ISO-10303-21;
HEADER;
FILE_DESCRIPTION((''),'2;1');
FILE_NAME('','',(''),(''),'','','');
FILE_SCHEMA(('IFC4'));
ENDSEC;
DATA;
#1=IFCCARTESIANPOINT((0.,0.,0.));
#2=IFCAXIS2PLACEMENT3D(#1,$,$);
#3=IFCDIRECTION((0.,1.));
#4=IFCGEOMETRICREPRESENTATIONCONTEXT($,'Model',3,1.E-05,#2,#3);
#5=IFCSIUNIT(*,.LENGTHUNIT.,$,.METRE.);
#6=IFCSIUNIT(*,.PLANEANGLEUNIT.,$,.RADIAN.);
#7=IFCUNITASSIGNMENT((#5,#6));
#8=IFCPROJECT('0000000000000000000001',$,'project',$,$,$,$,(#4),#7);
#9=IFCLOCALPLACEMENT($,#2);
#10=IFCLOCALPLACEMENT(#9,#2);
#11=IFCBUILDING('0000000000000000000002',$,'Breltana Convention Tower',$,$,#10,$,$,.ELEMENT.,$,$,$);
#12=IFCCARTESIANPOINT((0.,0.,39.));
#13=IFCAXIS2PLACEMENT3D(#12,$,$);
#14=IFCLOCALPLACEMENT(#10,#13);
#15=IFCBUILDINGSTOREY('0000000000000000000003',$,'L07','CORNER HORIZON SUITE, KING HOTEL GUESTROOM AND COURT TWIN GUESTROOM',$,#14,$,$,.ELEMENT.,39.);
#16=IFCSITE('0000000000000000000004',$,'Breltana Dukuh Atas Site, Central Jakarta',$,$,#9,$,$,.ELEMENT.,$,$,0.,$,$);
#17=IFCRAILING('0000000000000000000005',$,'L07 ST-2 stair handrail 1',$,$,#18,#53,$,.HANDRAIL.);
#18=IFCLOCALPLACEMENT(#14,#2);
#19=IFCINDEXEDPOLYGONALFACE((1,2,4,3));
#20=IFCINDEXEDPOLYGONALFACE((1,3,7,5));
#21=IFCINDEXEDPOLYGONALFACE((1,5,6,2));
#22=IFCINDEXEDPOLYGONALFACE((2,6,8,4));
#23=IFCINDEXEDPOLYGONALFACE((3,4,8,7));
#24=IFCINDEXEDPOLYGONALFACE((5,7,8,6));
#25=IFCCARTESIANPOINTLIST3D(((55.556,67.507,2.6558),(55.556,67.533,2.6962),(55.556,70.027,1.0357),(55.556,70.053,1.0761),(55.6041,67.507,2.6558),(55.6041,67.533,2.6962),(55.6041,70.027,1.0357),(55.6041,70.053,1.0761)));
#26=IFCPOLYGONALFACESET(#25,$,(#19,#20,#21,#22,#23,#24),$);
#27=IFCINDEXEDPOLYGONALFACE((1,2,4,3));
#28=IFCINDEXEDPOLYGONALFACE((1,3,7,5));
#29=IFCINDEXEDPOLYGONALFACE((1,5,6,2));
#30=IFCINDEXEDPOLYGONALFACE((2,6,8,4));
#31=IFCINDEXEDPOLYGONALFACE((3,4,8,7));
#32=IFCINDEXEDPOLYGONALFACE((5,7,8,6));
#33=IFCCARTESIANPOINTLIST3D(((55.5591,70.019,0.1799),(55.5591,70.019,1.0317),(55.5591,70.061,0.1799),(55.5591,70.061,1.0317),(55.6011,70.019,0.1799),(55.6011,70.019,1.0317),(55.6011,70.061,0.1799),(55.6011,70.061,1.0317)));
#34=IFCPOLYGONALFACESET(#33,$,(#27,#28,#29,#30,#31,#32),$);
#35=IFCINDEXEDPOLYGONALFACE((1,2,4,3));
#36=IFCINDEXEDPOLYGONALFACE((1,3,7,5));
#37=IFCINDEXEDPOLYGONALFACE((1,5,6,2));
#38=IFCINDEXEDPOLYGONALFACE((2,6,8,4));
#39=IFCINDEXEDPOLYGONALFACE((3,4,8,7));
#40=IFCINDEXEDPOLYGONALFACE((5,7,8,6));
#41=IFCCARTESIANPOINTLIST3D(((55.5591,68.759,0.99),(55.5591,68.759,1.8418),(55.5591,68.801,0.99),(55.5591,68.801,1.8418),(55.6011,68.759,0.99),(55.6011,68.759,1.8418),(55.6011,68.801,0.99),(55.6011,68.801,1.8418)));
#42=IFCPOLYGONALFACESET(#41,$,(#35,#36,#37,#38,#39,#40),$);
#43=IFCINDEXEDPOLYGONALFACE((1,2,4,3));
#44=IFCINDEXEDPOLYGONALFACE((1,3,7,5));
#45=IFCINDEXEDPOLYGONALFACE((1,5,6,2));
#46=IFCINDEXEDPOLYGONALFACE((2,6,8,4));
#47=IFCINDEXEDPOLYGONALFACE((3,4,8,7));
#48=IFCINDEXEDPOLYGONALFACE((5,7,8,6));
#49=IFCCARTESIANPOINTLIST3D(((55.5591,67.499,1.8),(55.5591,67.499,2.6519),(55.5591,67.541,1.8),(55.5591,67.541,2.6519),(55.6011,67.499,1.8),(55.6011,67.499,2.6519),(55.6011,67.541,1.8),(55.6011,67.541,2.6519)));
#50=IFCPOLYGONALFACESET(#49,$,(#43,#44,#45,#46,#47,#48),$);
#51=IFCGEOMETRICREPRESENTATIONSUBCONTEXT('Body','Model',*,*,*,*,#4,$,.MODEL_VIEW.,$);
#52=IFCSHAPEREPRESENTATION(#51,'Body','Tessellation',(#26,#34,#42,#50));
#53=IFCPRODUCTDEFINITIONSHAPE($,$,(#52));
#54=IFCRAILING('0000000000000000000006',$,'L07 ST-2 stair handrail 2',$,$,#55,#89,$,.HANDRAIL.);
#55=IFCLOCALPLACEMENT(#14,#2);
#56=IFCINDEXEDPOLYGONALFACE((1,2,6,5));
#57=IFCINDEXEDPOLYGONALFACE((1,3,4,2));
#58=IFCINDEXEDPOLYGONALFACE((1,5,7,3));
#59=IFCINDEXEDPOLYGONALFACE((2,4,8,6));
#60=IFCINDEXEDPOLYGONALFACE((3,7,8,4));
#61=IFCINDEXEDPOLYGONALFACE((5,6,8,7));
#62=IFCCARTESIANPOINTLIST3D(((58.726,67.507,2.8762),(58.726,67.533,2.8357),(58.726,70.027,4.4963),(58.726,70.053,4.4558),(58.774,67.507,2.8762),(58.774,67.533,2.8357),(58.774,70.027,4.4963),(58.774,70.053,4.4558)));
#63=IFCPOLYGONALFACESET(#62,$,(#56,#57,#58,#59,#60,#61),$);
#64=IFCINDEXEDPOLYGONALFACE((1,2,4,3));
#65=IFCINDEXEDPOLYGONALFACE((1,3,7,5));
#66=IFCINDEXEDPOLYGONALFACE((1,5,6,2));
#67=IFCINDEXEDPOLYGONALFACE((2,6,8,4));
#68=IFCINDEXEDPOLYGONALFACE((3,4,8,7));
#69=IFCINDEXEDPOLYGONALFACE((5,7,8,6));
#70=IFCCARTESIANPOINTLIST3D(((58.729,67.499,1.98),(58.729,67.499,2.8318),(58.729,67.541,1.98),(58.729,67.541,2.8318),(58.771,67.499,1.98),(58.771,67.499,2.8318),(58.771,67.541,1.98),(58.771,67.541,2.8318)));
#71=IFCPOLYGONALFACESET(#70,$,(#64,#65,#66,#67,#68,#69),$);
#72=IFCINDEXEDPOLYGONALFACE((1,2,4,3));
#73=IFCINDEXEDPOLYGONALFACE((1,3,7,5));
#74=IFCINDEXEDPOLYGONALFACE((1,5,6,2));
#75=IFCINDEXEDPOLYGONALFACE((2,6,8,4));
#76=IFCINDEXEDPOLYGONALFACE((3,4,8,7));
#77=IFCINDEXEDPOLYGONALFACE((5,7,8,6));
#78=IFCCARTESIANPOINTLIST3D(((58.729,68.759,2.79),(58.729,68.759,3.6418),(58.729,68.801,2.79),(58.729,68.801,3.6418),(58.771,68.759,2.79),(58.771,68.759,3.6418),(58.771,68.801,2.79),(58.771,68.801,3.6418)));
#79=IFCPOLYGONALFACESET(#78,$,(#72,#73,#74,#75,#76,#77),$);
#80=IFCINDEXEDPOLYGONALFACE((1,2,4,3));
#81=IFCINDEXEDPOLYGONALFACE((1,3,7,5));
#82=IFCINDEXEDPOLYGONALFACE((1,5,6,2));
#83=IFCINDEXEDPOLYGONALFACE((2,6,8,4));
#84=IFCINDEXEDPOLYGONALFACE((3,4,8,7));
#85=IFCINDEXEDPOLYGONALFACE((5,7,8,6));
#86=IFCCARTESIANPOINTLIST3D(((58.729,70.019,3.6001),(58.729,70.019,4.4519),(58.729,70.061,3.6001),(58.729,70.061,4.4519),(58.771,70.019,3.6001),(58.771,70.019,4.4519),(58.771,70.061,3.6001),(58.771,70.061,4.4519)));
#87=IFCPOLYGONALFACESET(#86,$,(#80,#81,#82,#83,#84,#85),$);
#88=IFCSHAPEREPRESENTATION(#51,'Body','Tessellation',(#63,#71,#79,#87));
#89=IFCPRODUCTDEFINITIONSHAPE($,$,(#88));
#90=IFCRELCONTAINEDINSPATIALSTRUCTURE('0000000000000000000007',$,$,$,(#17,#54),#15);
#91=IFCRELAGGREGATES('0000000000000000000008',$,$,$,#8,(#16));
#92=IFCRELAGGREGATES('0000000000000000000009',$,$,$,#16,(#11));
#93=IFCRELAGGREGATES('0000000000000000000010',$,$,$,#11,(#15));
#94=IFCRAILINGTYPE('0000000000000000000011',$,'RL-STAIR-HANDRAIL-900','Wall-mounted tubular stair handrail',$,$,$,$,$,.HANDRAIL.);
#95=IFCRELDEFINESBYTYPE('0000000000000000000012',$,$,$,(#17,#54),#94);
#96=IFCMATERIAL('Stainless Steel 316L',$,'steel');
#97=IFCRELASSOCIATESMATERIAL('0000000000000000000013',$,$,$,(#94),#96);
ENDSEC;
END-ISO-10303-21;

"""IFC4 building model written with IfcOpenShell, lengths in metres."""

from ifc_helpers import new_model, si_unit, direction, frame, origin, origin_2d, place, context, subcontext, project, spatial, rectangle, extrude, material, type_object, element, save


model = new_model("IFC4")

# Units and contexts
model_context = context("Model", 3, precision=1e-05, world=origin(), true_north=direction((0.0, 1.0)))
body_context = subcontext(model_context, "Body", "Model", "MODEL_VIEW")
ifc_project = project(units=[si_unit("LENGTHUNIT", "METRE"), si_unit("PLANEANGLEUNIT", "RADIAN")], contexts=[model_context])

# Site, building, storey
site_placement = place(None, origin())
site = spatial("IfcSite", under=ifc_project, at=site_placement, Name="Breltana Dukuh Atas Site, Central Jakarta", CompositionType="ELEMENT", RefElevation=0.0)
building_placement = place(site_placement, origin())
building = spatial("IfcBuilding", under=site, at=building_placement, Name="Breltana Convention Tower", CompositionType="ELEMENT")
storey_placement = place(building_placement, frame((0.0, 0.0, 39.0)))
storey = spatial("IfcBuildingStorey", under=building, at=storey_placement, Name="L07", Description="CORNER HORIZON SUITE, KING HOTEL GUESTROOM AND COURT TWIN GUESTROOM", CompositionType="ELEMENT", Elevation=39.0)

# Railings
ifc_material_1 = material(Name="Stainless Steel 316L", Category="steel")
railing_type_1 = type_object("IfcRailingType", Name="RL-STAIR-HANDRAIL-900", Description="Wall-mounted tubular stair handrail", PredefinedType="HANDRAIL", material=ifc_material_1)
railing_1_placement = place(storey_placement, frame((55.5801, 70.04, 0.1799)))
element("IfcRailing", 1, at=railing_1_placement, inside=storey, type_object=railing_type_1, Name="L07 ST-2 stair handrail 1", PredefinedType="HANDRAIL", context=body_context, shape_type="SweptSolid", body=[
    extrude(rectangle(XDim=0.0481, YDim=0.0481, at=origin_2d()), frame((0.0, 0.0, 0.876), z_axis=(0.0, -0.841163, 0.540782), x_axis=(1.0, 0.0, 0.0)), (0.0, 0.0, 1.0), 2.9958),
    extrude(rectangle(XDim=0.042, YDim=0.042, at=origin_2d()), origin(), (0.0, 0.0, 1.0), 0.8518),
    extrude(rectangle(XDim=0.042, YDim=0.042, at=origin_2d()), frame((0.0, -1.26, 0.8101)), (0.0, 0.0, 1.0), 0.8518),
    extrude(rectangle(XDim=0.042, YDim=0.042, at=origin_2d()), frame((0.0, -2.52, 1.6201)), (0.0, 0.0, 1.0), 0.8518),
])
railing_2_placement = place(storey_placement, frame((58.75, 67.52, 1.98)))
element("IfcRailing", 2, at=railing_2_placement, inside=storey, type_object=railing_type_1, Name="L07 ST-2 stair handrail 2", PredefinedType="HANDRAIL", context=body_context, shape_type="SweptSolid", body=[
    extrude(rectangle(XDim=0.0481, YDim=0.0481, at=origin_2d()), frame((0.0, 0.0, 0.876), z_axis=(0.0, 0.841163, 0.540782), x_axis=(-1.0, 0.0, 0.0)), (0.0, 0.0, 1.0), 2.9958),
    extrude(rectangle(XDim=0.042, YDim=0.042, at=origin_2d()), origin(), (0.0, 0.0, 1.0), 0.8518),
    extrude(rectangle(XDim=0.042, YDim=0.042, at=origin_2d()), frame((0.0, 1.26, 0.8101)), (0.0, 0.0, 1.0), 0.8518),
    extrude(rectangle(XDim=0.042, YDim=0.042, at=origin_2d()), frame((0.0, 2.52, 1.6201)), (0.0, 0.0, 1.0), 0.8518),
])

save(model, "model.ifc")
